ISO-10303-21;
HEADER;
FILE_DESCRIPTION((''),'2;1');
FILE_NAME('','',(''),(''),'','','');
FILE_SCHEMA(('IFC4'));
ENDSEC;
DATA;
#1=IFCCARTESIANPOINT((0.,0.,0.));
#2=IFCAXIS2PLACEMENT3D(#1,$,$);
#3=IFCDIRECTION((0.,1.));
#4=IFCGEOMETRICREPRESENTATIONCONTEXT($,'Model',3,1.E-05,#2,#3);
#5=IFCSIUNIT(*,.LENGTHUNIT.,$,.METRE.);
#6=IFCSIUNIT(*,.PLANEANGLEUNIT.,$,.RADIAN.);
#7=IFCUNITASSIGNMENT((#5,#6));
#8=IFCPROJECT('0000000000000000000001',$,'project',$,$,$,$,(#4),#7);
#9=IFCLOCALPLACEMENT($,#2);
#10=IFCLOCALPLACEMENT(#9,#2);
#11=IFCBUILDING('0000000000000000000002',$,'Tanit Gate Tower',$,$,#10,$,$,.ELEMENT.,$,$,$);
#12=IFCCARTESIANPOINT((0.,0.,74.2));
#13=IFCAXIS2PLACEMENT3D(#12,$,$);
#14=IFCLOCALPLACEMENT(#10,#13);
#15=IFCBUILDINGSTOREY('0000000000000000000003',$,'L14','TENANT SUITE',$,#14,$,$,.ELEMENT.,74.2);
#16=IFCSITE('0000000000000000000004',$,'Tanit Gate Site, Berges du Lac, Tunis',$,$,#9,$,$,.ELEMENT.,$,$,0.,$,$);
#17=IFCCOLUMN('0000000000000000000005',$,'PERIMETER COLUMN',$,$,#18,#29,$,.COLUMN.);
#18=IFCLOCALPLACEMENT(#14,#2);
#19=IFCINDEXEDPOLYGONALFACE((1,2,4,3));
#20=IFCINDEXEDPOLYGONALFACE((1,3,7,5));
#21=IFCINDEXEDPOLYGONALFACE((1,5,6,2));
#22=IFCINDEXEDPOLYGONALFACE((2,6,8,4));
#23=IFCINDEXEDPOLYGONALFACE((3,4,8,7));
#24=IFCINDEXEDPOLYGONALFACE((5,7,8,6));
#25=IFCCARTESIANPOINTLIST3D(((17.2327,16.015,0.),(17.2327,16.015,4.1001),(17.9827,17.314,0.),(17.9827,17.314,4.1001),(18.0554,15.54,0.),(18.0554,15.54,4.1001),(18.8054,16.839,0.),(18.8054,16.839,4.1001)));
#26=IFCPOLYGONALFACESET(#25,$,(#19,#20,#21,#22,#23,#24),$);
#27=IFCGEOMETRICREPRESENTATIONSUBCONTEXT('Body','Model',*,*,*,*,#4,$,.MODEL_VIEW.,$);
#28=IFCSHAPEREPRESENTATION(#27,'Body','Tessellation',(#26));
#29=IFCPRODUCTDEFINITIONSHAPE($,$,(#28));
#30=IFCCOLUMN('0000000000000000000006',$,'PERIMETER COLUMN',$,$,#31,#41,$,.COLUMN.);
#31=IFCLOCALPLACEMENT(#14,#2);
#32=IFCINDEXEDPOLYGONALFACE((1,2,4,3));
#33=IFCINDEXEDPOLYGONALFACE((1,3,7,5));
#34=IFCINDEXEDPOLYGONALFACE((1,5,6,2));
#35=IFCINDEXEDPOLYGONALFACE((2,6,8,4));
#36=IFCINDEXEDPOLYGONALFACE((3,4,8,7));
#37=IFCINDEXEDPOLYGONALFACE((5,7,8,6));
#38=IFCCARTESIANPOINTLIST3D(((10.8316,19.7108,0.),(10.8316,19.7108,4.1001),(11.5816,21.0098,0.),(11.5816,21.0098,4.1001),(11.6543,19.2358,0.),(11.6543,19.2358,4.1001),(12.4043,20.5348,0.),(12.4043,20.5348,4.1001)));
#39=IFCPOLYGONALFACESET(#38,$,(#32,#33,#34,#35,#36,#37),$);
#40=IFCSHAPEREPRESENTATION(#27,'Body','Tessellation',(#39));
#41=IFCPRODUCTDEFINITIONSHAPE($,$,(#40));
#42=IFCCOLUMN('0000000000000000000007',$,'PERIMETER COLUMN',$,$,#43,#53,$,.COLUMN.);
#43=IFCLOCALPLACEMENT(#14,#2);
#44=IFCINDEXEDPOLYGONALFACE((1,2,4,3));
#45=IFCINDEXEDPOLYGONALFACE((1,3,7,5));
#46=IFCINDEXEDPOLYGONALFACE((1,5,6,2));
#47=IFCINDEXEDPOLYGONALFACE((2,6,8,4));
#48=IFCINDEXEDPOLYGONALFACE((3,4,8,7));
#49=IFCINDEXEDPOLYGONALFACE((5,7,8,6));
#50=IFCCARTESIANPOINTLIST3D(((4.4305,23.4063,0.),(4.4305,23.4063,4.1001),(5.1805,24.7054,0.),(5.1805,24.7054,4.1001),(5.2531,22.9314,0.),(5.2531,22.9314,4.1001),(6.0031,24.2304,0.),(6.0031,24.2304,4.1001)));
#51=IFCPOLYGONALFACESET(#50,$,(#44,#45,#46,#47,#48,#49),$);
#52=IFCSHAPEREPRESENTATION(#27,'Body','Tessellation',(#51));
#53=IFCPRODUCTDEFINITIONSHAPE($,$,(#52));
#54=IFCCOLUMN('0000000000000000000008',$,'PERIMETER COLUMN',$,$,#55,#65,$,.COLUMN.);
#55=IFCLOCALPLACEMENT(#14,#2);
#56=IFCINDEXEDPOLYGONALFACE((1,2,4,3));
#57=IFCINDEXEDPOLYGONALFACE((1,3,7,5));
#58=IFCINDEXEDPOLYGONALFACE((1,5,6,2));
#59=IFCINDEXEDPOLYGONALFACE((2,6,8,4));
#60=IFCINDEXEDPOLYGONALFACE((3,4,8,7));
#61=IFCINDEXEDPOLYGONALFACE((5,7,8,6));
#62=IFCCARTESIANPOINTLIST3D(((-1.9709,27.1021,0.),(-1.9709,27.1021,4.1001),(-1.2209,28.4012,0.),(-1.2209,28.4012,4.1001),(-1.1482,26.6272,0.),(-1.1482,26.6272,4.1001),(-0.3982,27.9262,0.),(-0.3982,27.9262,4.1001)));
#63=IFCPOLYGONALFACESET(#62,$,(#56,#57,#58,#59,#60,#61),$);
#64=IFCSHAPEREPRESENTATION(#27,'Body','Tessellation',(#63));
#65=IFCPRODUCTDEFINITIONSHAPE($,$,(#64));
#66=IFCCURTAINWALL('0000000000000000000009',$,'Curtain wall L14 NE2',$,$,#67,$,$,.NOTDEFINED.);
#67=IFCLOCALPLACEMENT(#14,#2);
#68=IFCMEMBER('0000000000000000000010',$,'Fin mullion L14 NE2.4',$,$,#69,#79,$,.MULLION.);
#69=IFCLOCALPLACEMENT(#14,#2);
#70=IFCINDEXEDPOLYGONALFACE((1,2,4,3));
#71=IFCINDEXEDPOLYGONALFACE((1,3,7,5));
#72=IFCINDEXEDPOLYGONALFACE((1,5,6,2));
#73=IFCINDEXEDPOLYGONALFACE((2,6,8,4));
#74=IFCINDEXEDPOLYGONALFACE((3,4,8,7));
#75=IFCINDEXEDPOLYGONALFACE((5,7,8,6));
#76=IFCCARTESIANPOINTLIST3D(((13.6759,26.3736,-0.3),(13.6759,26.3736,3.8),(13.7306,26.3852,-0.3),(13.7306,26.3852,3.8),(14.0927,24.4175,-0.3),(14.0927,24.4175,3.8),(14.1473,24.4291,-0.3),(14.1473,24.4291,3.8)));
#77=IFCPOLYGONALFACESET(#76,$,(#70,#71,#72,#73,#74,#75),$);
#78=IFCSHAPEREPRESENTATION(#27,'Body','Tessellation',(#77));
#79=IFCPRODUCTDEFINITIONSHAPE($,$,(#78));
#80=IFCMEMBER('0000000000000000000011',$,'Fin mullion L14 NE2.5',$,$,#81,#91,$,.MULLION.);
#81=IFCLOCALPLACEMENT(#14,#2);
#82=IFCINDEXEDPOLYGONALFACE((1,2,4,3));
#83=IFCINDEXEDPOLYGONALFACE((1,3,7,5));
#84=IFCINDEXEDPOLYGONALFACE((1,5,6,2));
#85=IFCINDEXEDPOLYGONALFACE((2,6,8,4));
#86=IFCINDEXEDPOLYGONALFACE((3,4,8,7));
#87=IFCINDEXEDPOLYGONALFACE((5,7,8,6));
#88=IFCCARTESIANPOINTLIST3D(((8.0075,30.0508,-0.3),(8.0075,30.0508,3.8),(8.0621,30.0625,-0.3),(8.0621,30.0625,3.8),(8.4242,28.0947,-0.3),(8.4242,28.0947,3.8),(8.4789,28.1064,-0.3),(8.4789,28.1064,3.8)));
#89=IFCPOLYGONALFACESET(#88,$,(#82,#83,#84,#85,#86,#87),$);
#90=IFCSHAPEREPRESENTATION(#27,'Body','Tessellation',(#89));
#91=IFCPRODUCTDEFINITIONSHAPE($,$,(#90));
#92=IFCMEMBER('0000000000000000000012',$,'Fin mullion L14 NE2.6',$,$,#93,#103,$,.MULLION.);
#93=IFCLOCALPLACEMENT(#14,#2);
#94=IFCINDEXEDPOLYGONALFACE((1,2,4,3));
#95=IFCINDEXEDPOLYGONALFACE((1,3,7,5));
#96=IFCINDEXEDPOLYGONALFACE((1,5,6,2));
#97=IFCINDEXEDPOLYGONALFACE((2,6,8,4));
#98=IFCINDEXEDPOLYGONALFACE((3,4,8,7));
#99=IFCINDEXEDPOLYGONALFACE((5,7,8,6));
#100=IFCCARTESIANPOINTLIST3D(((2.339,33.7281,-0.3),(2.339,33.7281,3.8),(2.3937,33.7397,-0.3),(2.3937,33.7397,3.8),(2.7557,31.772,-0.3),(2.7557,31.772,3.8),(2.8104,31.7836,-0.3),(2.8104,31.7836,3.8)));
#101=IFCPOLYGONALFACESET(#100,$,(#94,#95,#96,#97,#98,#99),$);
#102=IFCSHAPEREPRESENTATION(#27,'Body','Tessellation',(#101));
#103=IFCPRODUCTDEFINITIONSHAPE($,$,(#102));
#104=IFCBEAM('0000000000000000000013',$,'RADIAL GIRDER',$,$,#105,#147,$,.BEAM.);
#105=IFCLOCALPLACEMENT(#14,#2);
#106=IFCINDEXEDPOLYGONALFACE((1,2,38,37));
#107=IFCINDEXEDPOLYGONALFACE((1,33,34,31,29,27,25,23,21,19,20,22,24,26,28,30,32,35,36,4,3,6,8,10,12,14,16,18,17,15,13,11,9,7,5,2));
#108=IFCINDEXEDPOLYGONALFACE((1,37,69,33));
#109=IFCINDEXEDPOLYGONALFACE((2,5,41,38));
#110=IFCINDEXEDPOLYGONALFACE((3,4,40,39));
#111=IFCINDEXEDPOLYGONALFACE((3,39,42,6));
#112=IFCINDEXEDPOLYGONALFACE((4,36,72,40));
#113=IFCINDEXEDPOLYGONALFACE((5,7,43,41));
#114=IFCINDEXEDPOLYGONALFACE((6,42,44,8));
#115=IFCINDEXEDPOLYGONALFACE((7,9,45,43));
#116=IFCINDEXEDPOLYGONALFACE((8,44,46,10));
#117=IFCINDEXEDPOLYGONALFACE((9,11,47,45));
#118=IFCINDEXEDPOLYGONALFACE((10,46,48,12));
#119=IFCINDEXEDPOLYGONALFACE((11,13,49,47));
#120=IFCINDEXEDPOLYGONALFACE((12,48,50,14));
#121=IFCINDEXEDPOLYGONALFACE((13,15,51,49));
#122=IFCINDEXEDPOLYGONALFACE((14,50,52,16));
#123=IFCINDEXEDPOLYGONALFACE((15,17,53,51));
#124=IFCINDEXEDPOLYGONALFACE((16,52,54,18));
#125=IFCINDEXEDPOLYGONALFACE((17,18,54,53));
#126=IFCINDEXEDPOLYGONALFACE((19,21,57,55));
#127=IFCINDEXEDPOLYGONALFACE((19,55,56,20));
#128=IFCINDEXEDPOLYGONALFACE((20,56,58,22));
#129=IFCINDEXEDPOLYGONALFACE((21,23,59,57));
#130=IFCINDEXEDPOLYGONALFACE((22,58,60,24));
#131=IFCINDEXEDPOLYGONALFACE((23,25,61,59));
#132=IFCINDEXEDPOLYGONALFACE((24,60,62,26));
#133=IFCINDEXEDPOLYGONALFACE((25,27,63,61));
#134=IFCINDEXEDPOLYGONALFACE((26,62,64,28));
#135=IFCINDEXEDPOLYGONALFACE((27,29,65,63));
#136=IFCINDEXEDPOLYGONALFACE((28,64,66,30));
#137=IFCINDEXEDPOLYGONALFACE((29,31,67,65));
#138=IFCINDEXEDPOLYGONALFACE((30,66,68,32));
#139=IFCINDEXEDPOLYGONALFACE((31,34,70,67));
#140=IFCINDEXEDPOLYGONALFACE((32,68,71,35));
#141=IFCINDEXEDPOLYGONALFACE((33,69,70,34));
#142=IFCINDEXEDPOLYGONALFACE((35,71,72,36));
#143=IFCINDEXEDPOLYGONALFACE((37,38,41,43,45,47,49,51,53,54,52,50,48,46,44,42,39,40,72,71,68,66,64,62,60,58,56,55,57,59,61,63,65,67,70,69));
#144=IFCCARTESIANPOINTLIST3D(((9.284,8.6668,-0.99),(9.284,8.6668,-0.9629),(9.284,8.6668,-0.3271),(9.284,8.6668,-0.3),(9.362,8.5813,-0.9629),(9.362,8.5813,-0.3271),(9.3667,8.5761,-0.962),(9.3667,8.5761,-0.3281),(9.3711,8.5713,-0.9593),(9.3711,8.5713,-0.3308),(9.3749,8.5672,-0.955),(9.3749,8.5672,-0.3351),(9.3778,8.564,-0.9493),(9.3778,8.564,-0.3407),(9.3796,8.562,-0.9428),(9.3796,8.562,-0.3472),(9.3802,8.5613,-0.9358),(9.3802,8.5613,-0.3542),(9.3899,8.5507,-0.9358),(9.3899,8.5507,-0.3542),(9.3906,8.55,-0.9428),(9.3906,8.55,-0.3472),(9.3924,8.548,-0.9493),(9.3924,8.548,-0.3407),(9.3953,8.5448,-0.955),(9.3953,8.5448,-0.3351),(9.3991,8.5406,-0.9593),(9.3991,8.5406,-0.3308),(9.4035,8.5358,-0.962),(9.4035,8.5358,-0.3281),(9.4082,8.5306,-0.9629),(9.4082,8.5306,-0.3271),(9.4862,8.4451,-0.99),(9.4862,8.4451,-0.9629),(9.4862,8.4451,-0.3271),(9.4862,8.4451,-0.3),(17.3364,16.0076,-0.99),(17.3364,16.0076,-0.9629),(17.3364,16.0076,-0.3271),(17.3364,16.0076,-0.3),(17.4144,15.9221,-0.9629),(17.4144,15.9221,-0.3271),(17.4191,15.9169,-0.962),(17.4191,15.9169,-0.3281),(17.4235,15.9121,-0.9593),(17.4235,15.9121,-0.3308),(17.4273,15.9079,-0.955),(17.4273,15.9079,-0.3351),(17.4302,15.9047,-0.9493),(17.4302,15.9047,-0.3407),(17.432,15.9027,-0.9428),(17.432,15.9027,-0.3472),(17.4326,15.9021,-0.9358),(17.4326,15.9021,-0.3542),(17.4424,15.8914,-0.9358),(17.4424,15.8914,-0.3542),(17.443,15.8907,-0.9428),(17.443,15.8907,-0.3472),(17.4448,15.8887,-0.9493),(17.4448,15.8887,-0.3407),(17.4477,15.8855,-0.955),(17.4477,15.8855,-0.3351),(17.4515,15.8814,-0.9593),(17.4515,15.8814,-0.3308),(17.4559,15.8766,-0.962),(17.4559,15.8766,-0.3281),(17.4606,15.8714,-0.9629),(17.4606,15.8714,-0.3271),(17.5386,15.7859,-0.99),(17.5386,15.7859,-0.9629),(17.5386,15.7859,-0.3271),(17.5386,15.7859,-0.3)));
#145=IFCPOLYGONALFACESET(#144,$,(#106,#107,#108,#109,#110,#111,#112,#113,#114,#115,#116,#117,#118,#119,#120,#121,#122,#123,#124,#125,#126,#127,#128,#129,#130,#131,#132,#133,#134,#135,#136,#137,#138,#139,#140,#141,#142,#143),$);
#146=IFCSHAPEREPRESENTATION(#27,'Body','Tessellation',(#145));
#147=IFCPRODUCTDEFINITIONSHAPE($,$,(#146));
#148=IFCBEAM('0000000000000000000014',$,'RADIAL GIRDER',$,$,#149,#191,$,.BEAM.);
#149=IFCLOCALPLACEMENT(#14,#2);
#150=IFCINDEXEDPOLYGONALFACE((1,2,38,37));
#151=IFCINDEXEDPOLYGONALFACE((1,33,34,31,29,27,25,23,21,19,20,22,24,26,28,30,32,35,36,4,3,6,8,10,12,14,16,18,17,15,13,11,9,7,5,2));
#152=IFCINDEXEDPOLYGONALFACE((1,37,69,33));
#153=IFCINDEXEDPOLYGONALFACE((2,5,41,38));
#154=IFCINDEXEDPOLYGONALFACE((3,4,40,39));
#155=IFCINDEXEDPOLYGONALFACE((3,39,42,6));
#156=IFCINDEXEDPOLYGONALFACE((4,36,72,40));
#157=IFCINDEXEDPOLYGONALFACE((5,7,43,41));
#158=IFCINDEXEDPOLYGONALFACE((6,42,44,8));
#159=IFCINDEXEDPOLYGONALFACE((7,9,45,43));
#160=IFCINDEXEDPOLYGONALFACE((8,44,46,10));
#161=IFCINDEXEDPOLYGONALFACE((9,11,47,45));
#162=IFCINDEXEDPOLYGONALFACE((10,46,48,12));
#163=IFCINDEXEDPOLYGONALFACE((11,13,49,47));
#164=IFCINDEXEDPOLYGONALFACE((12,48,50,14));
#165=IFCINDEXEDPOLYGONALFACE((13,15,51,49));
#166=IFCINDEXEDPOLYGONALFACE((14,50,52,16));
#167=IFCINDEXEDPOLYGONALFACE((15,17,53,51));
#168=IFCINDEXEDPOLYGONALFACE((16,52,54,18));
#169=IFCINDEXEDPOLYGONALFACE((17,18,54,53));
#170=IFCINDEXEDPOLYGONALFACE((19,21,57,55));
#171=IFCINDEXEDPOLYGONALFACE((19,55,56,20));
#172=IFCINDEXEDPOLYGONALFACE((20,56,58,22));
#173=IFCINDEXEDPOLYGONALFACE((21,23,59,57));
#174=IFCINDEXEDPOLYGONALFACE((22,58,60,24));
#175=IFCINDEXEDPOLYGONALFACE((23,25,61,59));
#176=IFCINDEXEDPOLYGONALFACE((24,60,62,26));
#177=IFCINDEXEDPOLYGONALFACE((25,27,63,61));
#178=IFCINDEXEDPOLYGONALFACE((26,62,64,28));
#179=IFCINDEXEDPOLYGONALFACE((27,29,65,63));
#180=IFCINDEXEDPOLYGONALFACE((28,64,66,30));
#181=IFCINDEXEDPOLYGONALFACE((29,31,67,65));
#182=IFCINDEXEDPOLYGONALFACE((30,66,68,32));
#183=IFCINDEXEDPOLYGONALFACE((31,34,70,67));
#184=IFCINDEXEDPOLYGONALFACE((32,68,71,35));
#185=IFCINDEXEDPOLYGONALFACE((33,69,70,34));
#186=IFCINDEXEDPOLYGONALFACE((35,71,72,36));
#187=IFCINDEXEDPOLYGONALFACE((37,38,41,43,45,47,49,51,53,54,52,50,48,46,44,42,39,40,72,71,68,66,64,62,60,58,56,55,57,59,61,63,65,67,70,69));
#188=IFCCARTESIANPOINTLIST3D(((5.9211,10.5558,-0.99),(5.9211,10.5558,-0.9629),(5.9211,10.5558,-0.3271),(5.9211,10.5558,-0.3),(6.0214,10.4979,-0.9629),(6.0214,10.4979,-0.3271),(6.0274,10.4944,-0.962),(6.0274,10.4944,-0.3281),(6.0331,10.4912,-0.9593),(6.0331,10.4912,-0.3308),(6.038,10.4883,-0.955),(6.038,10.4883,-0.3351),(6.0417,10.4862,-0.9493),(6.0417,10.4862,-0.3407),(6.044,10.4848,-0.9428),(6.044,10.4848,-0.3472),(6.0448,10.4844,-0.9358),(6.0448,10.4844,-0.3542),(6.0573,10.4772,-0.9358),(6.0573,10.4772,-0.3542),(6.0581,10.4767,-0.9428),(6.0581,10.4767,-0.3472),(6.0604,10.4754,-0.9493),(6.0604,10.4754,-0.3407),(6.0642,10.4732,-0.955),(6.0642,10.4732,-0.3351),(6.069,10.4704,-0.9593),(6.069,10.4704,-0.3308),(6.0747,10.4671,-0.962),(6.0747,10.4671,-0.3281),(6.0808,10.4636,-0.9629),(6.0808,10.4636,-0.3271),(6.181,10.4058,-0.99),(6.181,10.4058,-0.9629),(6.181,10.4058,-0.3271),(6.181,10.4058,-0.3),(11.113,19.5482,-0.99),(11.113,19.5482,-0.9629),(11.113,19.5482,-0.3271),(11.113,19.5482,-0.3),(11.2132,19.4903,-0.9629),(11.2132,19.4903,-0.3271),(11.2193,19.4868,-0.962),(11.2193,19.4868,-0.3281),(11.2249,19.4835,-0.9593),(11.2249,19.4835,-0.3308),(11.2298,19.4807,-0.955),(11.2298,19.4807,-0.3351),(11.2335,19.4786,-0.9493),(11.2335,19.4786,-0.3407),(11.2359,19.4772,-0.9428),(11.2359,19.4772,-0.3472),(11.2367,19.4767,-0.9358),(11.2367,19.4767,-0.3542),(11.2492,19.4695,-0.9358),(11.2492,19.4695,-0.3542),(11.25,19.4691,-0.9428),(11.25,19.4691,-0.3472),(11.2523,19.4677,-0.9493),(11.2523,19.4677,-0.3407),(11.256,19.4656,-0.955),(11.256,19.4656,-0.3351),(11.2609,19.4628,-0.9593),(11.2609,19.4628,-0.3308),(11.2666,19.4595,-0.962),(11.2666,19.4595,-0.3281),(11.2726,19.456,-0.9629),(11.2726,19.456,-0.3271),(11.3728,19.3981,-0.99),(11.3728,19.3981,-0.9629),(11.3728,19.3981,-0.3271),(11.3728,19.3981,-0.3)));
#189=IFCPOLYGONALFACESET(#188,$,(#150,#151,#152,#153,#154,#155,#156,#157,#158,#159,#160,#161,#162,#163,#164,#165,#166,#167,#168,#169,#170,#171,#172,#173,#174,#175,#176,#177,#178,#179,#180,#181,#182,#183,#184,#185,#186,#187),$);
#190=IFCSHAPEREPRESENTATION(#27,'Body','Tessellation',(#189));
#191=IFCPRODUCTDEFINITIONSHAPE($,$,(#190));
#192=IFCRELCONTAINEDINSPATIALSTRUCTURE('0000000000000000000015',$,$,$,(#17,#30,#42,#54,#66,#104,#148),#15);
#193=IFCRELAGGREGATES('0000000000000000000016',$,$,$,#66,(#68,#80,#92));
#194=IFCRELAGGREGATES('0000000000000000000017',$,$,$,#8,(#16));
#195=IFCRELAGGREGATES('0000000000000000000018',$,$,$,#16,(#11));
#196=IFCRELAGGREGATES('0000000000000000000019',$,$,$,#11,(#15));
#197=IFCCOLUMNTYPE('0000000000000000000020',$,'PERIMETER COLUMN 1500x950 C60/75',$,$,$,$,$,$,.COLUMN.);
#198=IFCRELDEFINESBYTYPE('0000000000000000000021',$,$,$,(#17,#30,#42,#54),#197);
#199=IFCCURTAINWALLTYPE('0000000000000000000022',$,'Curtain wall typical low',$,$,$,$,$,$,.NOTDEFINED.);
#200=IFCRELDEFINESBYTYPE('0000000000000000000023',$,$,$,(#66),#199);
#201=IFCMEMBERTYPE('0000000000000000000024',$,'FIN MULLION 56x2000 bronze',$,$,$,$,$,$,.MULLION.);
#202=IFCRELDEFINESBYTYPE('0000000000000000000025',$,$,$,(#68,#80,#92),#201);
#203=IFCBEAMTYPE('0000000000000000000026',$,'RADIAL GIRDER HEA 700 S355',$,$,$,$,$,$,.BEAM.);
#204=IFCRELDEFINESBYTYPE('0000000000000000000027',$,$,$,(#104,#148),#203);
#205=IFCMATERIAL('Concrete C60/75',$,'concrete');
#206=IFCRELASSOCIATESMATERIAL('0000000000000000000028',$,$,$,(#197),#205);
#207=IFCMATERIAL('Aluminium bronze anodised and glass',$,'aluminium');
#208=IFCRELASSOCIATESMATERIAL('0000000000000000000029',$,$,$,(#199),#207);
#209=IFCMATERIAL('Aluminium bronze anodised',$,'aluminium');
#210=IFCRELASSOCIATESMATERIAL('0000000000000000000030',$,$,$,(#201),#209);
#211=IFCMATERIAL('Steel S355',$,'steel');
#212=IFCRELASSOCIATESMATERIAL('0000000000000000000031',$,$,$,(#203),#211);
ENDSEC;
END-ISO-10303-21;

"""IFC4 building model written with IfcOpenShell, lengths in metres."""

from ifc_helpers import new_model, si_unit, direction, frame, origin, origin_2d, place, context, subcontext, project, spatial, rectangle, i_section, extrude, material, material_profile, profile_set, type_object, element, aggregate, save


model = new_model("IFC4")

# Units and contexts
model_context = context("Model", 3, precision=1e-05, world=origin(), true_north=direction((0.0, 1.0)))
body_context = subcontext(model_context, "Body", "Model", "MODEL_VIEW")
ifc_project = project(units=[si_unit("LENGTHUNIT", "METRE"), si_unit("PLANEANGLEUNIT", "RADIAN")], contexts=[model_context])

# Site, building, storey
site_placement = place(None, origin())
site = spatial("IfcSite", under=ifc_project, at=site_placement, Name="Tanit Gate Site, Berges du Lac, Tunis", CompositionType="ELEMENT", RefElevation=0.0)
building_placement = place(site_placement, origin())
building = spatial("IfcBuilding", under=site, at=building_placement, Name="Tanit Gate Tower", CompositionType="ELEMENT")
storey_placement = place(building_placement, frame((0.0, 0.0, 74.2)))
storey = spatial("IfcBuildingStorey", under=building, at=storey_placement, Name="L14", Description="TENANT SUITE", CompositionType="ELEMENT", Elevation=74.2)

# Columns
ifc_material_1 = material(Name="Concrete C60/75", Category="concrete")
ifc_material_profile_1 = material_profile(ifc_material_1, rectangle(XDim=1.5, YDim=0.95, at=origin_2d()), Name="RC 1500x950")
ifc_profile_set_1 = profile_set([ifc_material_profile_1], Name="Concrete C60/75")
column_type = type_object("IfcColumnType", Name="PERIMETER COLUMN 1500x950 C60/75", PredefinedType="COLUMN", material=ifc_profile_set_1)
for number, where, z_axis, x_axis, name in (
    (1, (18.019, 16.427, 0.0), (0.0, 0.0, 1.0), (0.5, 0.866025, 0.0), "PERIMETER COLUMN"),
    (2, (11.6179, 20.1228, 0.0), (0.0, 0.0, 1.0), (0.5, 0.866025, 0.0), "PERIMETER COLUMN"),
    (3, (5.2168, 23.8184, 0.0), (0.0, 0.0, 1.0), (0.5, 0.866025, 0.0), "PERIMETER COLUMN"),
    (4, (-1.1846, 27.5142, 0.0), (0.0, 0.0, 1.0), (0.5, 0.866025, 0.0), "PERIMETER COLUMN"),
):
    element("IfcColumn", number, at=place(storey_placement, frame(where, z_axis=z_axis, x_axis=x_axis)), inside=storey, type_object=column_type, Name=name, PredefinedType="COLUMN", context=body_context, shape_type="SweptSolid", body=[
        extrude(rectangle(XDim=1.5, YDim=0.95, at=origin_2d()), origin(), (0.0, 0.0, 1.0), 4.1001),
    ])

# Curtain wall, members
ifc_material_2 = material(Name="Aluminium bronze anodised and glass", Category="aluminium")
curtain_wall_type = type_object("IfcCurtainWallType", Name="Curtain wall typical low", PredefinedType="NOTDEFINED", material=ifc_material_2)
curtain_wall_placement = place(storey_placement, origin())
curtain_wall = element("IfcCurtainWall", 5, at=curtain_wall_placement, inside=storey, type_object=curtain_wall_type, Name="Curtain wall L14 NE2", PredefinedType="NOTDEFINED")
ifc_material_3 = material(Name="Aluminium bronze anodised", Category="aluminium")
ifc_material_profile_2 = material_profile(ifc_material_3, rectangle(XDim=2.0, YDim=0.0559, at=origin_2d()), Name="56x2000 bronze fin mullion")
ifc_profile_set_2 = profile_set([ifc_material_profile_2], Name="Aluminium bronze anodised")
member_type_1 = type_object("IfcMemberType", Name="FIN MULLION 56x2000 bronze", PredefinedType="MULLION", material=ifc_profile_set_2)
member_1_placement = place(storey_placement, frame((13.9116, 25.4014, -0.3), z_axis=(0.0, 0.0, 1.0), x_axis=(0.208373, -0.978049, 0.0)))
member_1 = element("IfcMember", 6, at=member_1_placement, type_object=member_type_1, Name="Fin mullion L14 NE2.4", PredefinedType="MULLION", context=body_context, shape_type="SweptSolid", body=[
    extrude(rectangle(XDim=2.0, YDim=0.0559, at=origin_2d()), origin(), (0.0, 0.0, 1.0), 4.1001),
])
member_2_placement = place(storey_placement, frame((8.2432, 29.0786, -0.3), z_axis=(0.0, 0.0, 1.0), x_axis=(0.208373, -0.978049, 0.0)))
member_2 = element("IfcMember", 7, at=member_2_placement, type_object=member_type_1, Name="Fin mullion L14 NE2.5", PredefinedType="MULLION", context=body_context, shape_type="SweptSolid", body=[
    extrude(rectangle(XDim=2.0, YDim=0.0559, at=origin_2d()), origin(), (0.0, 0.0, 1.0), 4.1001),
])
member_3_placement = place(storey_placement, frame((2.5747, 32.7559, -0.3), z_axis=(0.0, 0.0, 1.0), x_axis=(0.208373, -0.978049, 0.0)))
member_3 = element("IfcMember", 8, at=member_3_placement, type_object=member_type_1, Name="Fin mullion L14 NE2.6", PredefinedType="MULLION", context=body_context, shape_type="SweptSolid", body=[
    extrude(rectangle(XDim=2.0, YDim=0.0559, at=origin_2d()), origin(), (0.0, 0.0, 1.0), 4.1001),
])

# Beams
ifc_material_4 = material(Name="Steel S355", Category="steel")
ifc_material_profile_3 = material_profile(ifc_material_4, i_section(OverallWidth=0.3, OverallDepth=0.6899, WebThickness=0.0144, FlangeThickness=0.0271, FilletRadius=0.0271, at=origin_2d()), Name="HEA 700")
ifc_profile_set_3 = profile_set([ifc_material_profile_3], Name="Steel S355")
beam_type = type_object("IfcBeamType", Name="RADIAL GIRDER HEA 700 S355", PredefinedType="BEAM", material=ifc_profile_set_3)
beam_1_placement = place(storey_placement, frame((17.4375, 15.8967, -0.645), z_axis=(-0.739009, -0.673696, 0.0), x_axis=(0.673696, -0.739009, 0.0)))
element("IfcBeam", 9, at=beam_1_placement, inside=storey, type_object=beam_type, Name="RADIAL GIRDER", PredefinedType="BEAM", context=body_context, shape_type="SweptSolid", body=[
    extrude(i_section(OverallWidth=0.3, OverallDepth=0.6899, WebThickness=0.0144, FlangeThickness=0.0271, FilletRadius=0.0271, at=origin_2d()), origin(), (0.0, 0.0, 1.0), 10.8962),
])
beam_2_placement = place(storey_placement, frame((11.2429, 19.4731, -0.645), z_axis=(-0.500008, -0.866021, 0.0), x_axis=(0.866021, -0.500008, 0.0)))
element("IfcBeam", 10, at=beam_2_placement, inside=storey, type_object=beam_type, Name="RADIAL GIRDER", PredefinedType="BEAM", context=body_context, shape_type="SweptSolid", body=[
    extrude(i_section(OverallWidth=0.3, OverallDepth=0.6899, WebThickness=0.0144, FlangeThickness=0.0271, FilletRadius=0.0271, at=origin_2d()), origin(), (0.0, 0.0, 1.0), 10.3835),
])

aggregate(curtain_wall, [member_1, member_2, member_3])

save(model, "model.ifc")
